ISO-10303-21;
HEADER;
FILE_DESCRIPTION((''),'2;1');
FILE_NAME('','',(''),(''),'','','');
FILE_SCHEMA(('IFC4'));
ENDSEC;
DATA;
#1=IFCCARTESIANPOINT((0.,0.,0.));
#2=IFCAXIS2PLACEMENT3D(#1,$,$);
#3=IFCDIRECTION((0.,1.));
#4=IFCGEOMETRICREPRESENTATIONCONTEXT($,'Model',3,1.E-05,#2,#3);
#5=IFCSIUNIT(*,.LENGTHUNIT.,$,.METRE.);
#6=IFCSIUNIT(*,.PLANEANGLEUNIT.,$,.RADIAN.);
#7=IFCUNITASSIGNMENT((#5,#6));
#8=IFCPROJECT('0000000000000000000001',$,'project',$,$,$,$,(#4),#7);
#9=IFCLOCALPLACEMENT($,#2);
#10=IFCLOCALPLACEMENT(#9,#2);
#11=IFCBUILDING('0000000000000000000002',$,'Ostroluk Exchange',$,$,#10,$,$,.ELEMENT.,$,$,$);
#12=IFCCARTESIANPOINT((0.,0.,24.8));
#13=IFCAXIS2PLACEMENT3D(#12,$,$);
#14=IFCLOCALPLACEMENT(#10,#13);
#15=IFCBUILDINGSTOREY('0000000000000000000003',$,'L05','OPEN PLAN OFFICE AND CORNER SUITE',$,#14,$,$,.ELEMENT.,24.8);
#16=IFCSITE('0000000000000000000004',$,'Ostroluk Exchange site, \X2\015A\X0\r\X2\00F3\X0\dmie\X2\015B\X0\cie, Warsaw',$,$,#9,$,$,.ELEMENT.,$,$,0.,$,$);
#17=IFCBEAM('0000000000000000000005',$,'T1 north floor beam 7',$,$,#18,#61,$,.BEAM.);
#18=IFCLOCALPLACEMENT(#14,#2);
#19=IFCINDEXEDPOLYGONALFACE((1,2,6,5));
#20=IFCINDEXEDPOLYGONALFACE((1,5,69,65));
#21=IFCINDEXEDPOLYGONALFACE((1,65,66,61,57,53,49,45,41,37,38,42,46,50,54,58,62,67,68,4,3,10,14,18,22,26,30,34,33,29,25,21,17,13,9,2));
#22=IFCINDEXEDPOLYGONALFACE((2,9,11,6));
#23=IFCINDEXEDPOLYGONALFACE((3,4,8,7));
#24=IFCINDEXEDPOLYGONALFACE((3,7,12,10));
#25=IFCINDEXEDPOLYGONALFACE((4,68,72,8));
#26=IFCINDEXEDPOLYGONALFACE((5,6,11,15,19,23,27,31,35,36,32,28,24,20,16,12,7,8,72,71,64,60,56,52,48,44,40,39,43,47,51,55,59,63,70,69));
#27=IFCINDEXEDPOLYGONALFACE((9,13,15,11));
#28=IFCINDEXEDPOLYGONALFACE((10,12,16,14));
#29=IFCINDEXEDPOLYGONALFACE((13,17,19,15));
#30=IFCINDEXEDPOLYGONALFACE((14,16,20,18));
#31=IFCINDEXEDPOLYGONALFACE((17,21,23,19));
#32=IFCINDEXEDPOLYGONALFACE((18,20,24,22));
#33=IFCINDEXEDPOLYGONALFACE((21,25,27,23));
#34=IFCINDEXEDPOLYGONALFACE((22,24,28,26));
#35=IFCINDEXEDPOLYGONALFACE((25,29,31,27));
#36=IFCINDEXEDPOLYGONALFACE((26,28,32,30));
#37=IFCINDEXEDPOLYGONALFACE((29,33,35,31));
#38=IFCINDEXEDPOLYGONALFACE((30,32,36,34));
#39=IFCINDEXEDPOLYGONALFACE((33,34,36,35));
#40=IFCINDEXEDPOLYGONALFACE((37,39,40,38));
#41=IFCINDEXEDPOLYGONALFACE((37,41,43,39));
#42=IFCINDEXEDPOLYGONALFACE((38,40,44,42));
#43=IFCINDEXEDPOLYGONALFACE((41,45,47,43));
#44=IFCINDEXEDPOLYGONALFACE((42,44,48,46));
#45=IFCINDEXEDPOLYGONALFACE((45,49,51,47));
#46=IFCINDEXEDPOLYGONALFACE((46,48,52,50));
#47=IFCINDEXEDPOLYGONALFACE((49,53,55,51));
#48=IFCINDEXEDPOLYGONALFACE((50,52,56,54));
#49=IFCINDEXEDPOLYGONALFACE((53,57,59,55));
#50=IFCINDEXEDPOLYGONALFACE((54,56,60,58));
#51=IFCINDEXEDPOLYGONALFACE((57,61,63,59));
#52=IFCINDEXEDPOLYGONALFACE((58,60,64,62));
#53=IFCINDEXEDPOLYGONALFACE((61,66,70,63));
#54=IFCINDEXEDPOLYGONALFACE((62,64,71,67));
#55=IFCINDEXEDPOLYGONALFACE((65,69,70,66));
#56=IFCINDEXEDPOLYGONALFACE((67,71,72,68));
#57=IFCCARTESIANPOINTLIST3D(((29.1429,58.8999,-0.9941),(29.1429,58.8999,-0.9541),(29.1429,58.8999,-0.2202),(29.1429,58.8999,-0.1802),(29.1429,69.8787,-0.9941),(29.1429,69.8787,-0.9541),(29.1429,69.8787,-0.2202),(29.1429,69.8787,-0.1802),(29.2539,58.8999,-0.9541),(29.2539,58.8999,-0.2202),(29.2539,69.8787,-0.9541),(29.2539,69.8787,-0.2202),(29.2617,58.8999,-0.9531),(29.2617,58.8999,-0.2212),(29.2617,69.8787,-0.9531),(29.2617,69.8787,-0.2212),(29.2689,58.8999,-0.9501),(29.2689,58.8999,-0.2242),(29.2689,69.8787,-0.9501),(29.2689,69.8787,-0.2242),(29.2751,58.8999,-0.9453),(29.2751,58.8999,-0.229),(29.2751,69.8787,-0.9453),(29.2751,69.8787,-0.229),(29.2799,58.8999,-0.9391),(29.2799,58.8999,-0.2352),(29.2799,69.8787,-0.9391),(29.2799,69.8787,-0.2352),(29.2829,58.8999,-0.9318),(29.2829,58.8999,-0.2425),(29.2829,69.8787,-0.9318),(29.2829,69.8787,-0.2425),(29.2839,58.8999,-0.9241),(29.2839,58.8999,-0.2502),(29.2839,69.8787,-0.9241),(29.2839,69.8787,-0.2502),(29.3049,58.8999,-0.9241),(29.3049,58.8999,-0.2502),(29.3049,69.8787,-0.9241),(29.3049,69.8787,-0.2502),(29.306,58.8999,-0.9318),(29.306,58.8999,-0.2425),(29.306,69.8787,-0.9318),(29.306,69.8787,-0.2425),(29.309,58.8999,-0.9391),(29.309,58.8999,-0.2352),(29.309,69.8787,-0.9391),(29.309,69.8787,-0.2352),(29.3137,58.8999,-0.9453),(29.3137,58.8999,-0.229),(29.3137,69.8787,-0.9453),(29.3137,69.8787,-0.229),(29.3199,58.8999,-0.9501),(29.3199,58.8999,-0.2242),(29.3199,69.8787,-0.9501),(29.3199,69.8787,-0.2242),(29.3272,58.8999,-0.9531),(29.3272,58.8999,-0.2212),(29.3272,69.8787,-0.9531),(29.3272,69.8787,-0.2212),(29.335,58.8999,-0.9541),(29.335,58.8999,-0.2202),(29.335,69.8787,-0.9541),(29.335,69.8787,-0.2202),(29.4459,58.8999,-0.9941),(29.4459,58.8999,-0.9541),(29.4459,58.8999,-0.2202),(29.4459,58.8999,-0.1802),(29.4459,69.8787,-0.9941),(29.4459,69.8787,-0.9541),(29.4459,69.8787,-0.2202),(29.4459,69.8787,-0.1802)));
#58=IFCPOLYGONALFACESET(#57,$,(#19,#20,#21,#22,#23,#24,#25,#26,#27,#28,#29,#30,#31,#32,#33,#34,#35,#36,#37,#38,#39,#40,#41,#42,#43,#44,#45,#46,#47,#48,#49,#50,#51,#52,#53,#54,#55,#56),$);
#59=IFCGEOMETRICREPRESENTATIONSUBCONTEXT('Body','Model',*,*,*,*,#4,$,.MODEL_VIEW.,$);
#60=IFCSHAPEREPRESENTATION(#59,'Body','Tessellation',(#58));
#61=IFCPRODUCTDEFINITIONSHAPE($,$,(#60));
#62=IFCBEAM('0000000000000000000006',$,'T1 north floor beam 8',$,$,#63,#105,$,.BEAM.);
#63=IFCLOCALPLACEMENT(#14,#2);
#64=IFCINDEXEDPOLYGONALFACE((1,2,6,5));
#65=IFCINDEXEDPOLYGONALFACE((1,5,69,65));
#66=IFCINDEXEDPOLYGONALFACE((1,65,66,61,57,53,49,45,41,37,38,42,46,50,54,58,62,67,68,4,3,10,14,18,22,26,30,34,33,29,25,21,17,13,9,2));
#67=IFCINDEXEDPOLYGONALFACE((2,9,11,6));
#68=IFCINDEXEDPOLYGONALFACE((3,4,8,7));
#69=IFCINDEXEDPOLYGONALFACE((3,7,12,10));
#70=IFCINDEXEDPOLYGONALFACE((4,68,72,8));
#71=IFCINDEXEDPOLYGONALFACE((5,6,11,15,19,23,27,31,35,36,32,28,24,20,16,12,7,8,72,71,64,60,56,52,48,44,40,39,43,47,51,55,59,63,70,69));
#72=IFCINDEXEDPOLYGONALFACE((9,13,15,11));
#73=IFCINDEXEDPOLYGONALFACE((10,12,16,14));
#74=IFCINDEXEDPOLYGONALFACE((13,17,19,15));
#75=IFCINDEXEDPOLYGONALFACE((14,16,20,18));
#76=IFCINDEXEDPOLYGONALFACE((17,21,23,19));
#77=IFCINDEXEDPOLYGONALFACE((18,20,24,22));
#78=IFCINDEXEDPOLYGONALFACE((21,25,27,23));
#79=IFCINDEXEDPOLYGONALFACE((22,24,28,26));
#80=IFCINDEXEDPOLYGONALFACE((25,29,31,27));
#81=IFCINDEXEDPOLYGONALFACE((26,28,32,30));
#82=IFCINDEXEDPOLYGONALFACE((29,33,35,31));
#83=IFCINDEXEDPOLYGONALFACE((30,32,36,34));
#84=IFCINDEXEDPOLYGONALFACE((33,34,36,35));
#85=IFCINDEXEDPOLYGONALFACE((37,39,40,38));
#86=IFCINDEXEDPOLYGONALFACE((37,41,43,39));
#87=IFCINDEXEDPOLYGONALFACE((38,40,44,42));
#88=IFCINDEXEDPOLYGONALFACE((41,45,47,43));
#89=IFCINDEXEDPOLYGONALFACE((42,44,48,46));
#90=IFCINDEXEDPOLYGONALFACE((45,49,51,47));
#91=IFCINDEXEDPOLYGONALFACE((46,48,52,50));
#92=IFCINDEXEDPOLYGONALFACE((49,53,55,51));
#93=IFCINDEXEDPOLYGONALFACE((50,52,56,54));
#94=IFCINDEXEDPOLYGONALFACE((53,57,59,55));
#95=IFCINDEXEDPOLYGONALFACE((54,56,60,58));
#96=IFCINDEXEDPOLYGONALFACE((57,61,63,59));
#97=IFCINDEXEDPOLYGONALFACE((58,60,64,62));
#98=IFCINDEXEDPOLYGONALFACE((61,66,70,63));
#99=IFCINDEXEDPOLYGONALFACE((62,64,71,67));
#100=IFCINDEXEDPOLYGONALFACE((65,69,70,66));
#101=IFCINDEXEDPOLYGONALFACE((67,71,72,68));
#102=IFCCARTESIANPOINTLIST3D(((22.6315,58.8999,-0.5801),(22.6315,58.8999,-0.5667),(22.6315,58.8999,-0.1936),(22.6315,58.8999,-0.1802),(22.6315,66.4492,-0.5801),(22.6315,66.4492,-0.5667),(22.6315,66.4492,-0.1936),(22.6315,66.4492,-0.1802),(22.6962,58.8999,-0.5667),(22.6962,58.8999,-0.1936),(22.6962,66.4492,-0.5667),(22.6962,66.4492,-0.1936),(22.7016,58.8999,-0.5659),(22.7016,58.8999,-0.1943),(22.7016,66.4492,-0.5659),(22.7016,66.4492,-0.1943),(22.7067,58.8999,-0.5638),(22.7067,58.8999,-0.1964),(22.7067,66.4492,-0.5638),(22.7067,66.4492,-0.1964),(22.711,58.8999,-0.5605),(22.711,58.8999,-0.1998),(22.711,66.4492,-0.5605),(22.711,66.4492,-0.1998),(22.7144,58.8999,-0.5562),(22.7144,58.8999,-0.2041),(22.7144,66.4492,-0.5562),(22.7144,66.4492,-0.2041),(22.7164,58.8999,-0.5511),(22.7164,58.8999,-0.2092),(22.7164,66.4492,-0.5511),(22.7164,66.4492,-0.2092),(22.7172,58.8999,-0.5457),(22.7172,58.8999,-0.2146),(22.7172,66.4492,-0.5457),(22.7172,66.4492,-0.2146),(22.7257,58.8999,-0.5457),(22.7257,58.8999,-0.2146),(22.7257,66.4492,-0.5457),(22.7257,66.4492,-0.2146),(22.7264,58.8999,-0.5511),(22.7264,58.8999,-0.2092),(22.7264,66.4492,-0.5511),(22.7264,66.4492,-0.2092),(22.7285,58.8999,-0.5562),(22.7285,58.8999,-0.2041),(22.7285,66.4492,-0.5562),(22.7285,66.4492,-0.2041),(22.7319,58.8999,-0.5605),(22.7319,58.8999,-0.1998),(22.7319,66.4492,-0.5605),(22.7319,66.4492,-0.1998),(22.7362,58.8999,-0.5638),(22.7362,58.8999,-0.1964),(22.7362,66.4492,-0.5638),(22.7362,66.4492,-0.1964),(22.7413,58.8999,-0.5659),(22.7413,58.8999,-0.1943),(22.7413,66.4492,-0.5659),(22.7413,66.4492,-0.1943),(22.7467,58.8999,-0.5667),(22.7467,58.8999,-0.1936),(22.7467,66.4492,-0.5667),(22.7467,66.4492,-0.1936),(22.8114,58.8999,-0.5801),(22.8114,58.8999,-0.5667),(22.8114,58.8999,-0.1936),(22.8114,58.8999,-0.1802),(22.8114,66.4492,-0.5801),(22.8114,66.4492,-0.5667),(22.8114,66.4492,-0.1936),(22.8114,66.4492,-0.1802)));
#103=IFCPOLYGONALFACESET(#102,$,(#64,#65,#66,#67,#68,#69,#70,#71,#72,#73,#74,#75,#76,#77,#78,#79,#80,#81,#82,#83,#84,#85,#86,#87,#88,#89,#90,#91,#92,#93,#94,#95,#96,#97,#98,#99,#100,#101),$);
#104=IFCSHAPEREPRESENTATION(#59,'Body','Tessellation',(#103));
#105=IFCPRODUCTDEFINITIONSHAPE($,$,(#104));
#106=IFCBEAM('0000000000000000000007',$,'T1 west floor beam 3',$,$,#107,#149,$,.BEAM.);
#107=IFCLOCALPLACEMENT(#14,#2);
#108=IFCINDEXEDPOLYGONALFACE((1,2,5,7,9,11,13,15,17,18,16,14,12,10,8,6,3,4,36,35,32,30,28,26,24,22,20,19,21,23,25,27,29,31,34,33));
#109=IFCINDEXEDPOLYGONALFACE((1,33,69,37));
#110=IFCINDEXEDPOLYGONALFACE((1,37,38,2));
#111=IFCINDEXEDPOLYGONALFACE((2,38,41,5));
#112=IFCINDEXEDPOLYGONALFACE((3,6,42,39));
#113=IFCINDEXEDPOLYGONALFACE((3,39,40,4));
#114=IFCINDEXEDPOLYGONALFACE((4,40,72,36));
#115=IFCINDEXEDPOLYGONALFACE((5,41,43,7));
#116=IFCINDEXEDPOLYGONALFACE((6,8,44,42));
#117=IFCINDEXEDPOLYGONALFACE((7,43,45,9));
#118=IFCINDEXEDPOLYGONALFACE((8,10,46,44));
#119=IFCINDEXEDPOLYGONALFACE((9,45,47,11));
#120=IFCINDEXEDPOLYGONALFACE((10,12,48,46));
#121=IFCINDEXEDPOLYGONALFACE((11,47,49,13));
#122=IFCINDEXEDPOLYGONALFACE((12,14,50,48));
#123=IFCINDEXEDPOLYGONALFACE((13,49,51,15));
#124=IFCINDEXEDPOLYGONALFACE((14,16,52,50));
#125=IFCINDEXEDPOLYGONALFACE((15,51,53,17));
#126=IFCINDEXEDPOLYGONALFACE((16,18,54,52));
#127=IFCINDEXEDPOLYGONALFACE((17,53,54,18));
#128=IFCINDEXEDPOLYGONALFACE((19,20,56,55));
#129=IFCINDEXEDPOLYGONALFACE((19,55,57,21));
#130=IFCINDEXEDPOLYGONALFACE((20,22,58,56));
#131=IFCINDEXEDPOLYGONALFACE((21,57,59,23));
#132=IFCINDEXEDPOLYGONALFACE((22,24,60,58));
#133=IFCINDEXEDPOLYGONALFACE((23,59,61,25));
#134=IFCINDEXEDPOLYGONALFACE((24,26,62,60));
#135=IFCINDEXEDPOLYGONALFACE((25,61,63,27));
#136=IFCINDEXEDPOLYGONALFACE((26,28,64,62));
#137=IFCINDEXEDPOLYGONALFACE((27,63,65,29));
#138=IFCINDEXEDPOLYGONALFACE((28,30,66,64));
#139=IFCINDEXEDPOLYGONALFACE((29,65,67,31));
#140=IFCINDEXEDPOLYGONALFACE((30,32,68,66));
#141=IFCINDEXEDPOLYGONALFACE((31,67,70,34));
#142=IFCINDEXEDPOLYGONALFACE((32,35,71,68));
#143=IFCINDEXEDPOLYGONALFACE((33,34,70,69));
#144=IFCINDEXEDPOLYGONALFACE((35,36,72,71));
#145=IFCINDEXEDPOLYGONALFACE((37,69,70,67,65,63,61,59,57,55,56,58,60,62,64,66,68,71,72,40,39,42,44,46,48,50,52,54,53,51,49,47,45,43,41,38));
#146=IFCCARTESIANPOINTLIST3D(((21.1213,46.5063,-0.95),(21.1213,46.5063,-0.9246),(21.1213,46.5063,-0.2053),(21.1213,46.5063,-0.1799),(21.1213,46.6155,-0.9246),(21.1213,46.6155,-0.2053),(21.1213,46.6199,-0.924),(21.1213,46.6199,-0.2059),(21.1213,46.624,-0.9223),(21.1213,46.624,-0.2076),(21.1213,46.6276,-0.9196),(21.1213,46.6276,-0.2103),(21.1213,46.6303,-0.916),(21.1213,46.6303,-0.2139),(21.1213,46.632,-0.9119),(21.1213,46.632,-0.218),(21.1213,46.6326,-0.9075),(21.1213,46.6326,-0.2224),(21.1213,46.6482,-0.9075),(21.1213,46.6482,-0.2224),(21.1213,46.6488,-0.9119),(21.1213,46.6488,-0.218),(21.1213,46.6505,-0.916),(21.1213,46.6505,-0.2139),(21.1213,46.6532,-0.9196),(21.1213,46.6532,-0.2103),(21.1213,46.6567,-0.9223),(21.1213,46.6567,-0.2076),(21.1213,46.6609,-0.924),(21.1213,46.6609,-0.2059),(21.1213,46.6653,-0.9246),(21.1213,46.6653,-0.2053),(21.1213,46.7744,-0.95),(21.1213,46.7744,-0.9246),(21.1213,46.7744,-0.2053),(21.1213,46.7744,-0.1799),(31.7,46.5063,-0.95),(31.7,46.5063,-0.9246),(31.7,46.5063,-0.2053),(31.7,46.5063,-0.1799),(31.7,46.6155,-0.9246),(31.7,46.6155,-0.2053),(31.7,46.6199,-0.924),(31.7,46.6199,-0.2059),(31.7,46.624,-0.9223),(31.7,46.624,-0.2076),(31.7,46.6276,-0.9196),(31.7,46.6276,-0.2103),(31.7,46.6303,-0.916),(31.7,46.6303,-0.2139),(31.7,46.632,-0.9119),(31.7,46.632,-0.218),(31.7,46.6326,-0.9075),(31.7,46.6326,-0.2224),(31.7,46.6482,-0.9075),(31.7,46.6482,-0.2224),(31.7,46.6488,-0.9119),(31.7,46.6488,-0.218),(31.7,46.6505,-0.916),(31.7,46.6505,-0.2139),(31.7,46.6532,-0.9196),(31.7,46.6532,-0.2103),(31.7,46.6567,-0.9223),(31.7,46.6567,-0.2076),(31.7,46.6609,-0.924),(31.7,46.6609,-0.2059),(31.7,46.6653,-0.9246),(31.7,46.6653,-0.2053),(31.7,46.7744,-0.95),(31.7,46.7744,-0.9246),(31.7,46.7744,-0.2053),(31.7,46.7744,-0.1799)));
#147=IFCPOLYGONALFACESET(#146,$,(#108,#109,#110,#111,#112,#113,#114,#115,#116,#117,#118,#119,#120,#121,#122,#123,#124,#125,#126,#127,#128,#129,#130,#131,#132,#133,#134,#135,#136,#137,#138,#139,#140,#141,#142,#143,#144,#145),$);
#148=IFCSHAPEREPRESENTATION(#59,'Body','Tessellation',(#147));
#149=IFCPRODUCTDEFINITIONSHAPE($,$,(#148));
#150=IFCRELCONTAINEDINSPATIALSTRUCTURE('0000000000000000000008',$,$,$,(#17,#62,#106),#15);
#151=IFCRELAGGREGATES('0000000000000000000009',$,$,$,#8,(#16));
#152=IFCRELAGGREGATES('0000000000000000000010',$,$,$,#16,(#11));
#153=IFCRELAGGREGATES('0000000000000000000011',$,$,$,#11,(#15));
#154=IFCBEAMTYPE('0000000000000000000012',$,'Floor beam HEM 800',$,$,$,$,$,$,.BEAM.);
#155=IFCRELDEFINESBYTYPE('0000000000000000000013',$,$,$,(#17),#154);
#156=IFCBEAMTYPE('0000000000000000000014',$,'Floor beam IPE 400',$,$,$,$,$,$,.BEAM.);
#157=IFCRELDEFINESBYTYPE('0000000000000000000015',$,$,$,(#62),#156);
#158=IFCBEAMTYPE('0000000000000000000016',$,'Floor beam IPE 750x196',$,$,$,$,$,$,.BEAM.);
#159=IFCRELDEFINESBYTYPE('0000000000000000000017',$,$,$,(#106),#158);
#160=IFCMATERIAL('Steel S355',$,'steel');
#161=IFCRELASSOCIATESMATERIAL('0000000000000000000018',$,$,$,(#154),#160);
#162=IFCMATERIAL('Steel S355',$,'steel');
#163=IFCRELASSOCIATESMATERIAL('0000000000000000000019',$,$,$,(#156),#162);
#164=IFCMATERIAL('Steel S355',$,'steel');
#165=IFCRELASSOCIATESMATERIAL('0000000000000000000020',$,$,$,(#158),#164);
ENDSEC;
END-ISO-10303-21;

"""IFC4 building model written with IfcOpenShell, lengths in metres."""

from ifc_helpers import new_model, si_unit, direction, frame, origin, origin_2d, place, context, subcontext, project, spatial, i_section, extrude, material, material_profile, profile_set, type_object, element, save


model = new_model("IFC4")

# Units and contexts
model_context = context("Model", 3, precision=1e-05, world=origin(), true_north=direction((0.0, 1.0)))
body_context = subcontext(model_context, "Body", "Model", "MODEL_VIEW")
ifc_project = project(units=[si_unit("LENGTHUNIT", "METRE"), si_unit("PLANEANGLEUNIT", "RADIAN")], contexts=[model_context])

# Site, building, storey
site_placement = place(None, origin())
site = spatial("IfcSite", under=ifc_project, at=site_placement, Name="Ostroluk Exchange site, Śródmieście, Warsaw", CompositionType="ELEMENT", RefElevation=0.0)
building_placement = place(site_placement, origin())
building = spatial("IfcBuilding", under=site, at=building_placement, Name="Ostroluk Exchange", CompositionType="ELEMENT")
storey_placement = place(building_placement, frame((0.0, 0.0, 24.8)))
storey = spatial("IfcBuildingStorey", under=building, at=storey_placement, Name="L05", Description="OPEN PLAN OFFICE AND CORNER SUITE", CompositionType="ELEMENT", Elevation=24.8)

# Beams
ifc_material_1 = material(Name="Steel S355", Category="steel")
ifc_material_profile_1 = material_profile(ifc_material_1, i_section(OverallWidth=0.303, OverallDepth=0.814, WebThickness=0.021, FlangeThickness=0.04, FilletRadius=0.03, at=origin_2d()), Name="HEM 800")
ifc_profile_set_1 = profile_set([ifc_material_profile_1], Name="Steel S355")
beam_type_1 = type_object("IfcBeamType", Name="Floor beam HEM 800", PredefinedType="BEAM", material=ifc_profile_set_1)
beam_1_placement = place(storey_placement, frame((29.2944, 58.8999, -0.5872), z_axis=(0.0, 1.0, 0.0), x_axis=(-1.0, 0.0, 0.0)))
element("IfcBeam", 1, at=beam_1_placement, inside=storey, type_object=beam_type_1, Name="T1 north floor beam 7", PredefinedType="BEAM", context=body_context, shape_type="SweptSolid", body=[
    extrude(i_section(OverallWidth=0.303, OverallDepth=0.814, WebThickness=0.021, FlangeThickness=0.04, FilletRadius=0.03, at=origin_2d()), origin(), (0.0, 0.0, 1.0), 10.9788),
])
ifc_material_2 = material(Name="Steel S355", Category="steel")
ifc_material_profile_2 = material_profile(ifc_material_2, i_section(OverallWidth=0.1799, OverallDepth=0.3999, WebThickness=0.0085, FlangeThickness=0.0134, FilletRadius=0.021, at=origin_2d()), Name="IPE 400")
ifc_profile_set_2 = profile_set([ifc_material_profile_2], Name="Steel S355")
beam_type_2 = type_object("IfcBeamType", Name="Floor beam IPE 400", PredefinedType="BEAM", material=ifc_profile_set_2)
beam_2_placement = place(storey_placement, frame((22.7214, 58.8999, -0.3801), z_axis=(0.0, 1.0, 0.0), x_axis=(-1.0, 0.0, 0.0)))
element("IfcBeam", 2, at=beam_2_placement, inside=storey, type_object=beam_type_2, Name="T1 north floor beam 8", PredefinedType="BEAM", context=body_context, shape_type="SweptSolid", body=[
    extrude(i_section(OverallWidth=0.1799, OverallDepth=0.3999, WebThickness=0.0085, FlangeThickness=0.0134, FilletRadius=0.021, at=origin_2d()), origin(), (0.0, 0.0, 1.0), 7.5493),
])
ifc_material_3 = material(Name="Steel S355", Category="steel")
ifc_material_profile_3 = material_profile(ifc_material_3, i_section(OverallWidth=0.2681, OverallDepth=0.77, WebThickness=0.0156, FlangeThickness=0.0254, FilletRadius=0.0171, at=origin_2d()), Name="IPE 750x196")
ifc_profile_set_3 = profile_set([ifc_material_profile_3], Name="Steel S355")
beam_type_3 = type_object("IfcBeamType", Name="Floor beam IPE 750x196", PredefinedType="BEAM", material=ifc_profile_set_3)
beam_3_placement = place(storey_placement, frame((31.7, 46.6404, -0.5649), z_axis=(-1.0, 0.0, 0.0), x_axis=(0.0, -1.0, 0.0)))
element("IfcBeam", 3, at=beam_3_placement, inside=storey, type_object=beam_type_3, Name="T1 west floor beam 3", PredefinedType="BEAM", context=body_context, shape_type="SweptSolid", body=[
    extrude(i_section(OverallWidth=0.2681, OverallDepth=0.77, WebThickness=0.0156, FlangeThickness=0.0254, FilletRadius=0.0171, at=origin_2d()), origin(), (0.0, 0.0, 1.0), 10.5786),
])

save(model, "model.ifc")
